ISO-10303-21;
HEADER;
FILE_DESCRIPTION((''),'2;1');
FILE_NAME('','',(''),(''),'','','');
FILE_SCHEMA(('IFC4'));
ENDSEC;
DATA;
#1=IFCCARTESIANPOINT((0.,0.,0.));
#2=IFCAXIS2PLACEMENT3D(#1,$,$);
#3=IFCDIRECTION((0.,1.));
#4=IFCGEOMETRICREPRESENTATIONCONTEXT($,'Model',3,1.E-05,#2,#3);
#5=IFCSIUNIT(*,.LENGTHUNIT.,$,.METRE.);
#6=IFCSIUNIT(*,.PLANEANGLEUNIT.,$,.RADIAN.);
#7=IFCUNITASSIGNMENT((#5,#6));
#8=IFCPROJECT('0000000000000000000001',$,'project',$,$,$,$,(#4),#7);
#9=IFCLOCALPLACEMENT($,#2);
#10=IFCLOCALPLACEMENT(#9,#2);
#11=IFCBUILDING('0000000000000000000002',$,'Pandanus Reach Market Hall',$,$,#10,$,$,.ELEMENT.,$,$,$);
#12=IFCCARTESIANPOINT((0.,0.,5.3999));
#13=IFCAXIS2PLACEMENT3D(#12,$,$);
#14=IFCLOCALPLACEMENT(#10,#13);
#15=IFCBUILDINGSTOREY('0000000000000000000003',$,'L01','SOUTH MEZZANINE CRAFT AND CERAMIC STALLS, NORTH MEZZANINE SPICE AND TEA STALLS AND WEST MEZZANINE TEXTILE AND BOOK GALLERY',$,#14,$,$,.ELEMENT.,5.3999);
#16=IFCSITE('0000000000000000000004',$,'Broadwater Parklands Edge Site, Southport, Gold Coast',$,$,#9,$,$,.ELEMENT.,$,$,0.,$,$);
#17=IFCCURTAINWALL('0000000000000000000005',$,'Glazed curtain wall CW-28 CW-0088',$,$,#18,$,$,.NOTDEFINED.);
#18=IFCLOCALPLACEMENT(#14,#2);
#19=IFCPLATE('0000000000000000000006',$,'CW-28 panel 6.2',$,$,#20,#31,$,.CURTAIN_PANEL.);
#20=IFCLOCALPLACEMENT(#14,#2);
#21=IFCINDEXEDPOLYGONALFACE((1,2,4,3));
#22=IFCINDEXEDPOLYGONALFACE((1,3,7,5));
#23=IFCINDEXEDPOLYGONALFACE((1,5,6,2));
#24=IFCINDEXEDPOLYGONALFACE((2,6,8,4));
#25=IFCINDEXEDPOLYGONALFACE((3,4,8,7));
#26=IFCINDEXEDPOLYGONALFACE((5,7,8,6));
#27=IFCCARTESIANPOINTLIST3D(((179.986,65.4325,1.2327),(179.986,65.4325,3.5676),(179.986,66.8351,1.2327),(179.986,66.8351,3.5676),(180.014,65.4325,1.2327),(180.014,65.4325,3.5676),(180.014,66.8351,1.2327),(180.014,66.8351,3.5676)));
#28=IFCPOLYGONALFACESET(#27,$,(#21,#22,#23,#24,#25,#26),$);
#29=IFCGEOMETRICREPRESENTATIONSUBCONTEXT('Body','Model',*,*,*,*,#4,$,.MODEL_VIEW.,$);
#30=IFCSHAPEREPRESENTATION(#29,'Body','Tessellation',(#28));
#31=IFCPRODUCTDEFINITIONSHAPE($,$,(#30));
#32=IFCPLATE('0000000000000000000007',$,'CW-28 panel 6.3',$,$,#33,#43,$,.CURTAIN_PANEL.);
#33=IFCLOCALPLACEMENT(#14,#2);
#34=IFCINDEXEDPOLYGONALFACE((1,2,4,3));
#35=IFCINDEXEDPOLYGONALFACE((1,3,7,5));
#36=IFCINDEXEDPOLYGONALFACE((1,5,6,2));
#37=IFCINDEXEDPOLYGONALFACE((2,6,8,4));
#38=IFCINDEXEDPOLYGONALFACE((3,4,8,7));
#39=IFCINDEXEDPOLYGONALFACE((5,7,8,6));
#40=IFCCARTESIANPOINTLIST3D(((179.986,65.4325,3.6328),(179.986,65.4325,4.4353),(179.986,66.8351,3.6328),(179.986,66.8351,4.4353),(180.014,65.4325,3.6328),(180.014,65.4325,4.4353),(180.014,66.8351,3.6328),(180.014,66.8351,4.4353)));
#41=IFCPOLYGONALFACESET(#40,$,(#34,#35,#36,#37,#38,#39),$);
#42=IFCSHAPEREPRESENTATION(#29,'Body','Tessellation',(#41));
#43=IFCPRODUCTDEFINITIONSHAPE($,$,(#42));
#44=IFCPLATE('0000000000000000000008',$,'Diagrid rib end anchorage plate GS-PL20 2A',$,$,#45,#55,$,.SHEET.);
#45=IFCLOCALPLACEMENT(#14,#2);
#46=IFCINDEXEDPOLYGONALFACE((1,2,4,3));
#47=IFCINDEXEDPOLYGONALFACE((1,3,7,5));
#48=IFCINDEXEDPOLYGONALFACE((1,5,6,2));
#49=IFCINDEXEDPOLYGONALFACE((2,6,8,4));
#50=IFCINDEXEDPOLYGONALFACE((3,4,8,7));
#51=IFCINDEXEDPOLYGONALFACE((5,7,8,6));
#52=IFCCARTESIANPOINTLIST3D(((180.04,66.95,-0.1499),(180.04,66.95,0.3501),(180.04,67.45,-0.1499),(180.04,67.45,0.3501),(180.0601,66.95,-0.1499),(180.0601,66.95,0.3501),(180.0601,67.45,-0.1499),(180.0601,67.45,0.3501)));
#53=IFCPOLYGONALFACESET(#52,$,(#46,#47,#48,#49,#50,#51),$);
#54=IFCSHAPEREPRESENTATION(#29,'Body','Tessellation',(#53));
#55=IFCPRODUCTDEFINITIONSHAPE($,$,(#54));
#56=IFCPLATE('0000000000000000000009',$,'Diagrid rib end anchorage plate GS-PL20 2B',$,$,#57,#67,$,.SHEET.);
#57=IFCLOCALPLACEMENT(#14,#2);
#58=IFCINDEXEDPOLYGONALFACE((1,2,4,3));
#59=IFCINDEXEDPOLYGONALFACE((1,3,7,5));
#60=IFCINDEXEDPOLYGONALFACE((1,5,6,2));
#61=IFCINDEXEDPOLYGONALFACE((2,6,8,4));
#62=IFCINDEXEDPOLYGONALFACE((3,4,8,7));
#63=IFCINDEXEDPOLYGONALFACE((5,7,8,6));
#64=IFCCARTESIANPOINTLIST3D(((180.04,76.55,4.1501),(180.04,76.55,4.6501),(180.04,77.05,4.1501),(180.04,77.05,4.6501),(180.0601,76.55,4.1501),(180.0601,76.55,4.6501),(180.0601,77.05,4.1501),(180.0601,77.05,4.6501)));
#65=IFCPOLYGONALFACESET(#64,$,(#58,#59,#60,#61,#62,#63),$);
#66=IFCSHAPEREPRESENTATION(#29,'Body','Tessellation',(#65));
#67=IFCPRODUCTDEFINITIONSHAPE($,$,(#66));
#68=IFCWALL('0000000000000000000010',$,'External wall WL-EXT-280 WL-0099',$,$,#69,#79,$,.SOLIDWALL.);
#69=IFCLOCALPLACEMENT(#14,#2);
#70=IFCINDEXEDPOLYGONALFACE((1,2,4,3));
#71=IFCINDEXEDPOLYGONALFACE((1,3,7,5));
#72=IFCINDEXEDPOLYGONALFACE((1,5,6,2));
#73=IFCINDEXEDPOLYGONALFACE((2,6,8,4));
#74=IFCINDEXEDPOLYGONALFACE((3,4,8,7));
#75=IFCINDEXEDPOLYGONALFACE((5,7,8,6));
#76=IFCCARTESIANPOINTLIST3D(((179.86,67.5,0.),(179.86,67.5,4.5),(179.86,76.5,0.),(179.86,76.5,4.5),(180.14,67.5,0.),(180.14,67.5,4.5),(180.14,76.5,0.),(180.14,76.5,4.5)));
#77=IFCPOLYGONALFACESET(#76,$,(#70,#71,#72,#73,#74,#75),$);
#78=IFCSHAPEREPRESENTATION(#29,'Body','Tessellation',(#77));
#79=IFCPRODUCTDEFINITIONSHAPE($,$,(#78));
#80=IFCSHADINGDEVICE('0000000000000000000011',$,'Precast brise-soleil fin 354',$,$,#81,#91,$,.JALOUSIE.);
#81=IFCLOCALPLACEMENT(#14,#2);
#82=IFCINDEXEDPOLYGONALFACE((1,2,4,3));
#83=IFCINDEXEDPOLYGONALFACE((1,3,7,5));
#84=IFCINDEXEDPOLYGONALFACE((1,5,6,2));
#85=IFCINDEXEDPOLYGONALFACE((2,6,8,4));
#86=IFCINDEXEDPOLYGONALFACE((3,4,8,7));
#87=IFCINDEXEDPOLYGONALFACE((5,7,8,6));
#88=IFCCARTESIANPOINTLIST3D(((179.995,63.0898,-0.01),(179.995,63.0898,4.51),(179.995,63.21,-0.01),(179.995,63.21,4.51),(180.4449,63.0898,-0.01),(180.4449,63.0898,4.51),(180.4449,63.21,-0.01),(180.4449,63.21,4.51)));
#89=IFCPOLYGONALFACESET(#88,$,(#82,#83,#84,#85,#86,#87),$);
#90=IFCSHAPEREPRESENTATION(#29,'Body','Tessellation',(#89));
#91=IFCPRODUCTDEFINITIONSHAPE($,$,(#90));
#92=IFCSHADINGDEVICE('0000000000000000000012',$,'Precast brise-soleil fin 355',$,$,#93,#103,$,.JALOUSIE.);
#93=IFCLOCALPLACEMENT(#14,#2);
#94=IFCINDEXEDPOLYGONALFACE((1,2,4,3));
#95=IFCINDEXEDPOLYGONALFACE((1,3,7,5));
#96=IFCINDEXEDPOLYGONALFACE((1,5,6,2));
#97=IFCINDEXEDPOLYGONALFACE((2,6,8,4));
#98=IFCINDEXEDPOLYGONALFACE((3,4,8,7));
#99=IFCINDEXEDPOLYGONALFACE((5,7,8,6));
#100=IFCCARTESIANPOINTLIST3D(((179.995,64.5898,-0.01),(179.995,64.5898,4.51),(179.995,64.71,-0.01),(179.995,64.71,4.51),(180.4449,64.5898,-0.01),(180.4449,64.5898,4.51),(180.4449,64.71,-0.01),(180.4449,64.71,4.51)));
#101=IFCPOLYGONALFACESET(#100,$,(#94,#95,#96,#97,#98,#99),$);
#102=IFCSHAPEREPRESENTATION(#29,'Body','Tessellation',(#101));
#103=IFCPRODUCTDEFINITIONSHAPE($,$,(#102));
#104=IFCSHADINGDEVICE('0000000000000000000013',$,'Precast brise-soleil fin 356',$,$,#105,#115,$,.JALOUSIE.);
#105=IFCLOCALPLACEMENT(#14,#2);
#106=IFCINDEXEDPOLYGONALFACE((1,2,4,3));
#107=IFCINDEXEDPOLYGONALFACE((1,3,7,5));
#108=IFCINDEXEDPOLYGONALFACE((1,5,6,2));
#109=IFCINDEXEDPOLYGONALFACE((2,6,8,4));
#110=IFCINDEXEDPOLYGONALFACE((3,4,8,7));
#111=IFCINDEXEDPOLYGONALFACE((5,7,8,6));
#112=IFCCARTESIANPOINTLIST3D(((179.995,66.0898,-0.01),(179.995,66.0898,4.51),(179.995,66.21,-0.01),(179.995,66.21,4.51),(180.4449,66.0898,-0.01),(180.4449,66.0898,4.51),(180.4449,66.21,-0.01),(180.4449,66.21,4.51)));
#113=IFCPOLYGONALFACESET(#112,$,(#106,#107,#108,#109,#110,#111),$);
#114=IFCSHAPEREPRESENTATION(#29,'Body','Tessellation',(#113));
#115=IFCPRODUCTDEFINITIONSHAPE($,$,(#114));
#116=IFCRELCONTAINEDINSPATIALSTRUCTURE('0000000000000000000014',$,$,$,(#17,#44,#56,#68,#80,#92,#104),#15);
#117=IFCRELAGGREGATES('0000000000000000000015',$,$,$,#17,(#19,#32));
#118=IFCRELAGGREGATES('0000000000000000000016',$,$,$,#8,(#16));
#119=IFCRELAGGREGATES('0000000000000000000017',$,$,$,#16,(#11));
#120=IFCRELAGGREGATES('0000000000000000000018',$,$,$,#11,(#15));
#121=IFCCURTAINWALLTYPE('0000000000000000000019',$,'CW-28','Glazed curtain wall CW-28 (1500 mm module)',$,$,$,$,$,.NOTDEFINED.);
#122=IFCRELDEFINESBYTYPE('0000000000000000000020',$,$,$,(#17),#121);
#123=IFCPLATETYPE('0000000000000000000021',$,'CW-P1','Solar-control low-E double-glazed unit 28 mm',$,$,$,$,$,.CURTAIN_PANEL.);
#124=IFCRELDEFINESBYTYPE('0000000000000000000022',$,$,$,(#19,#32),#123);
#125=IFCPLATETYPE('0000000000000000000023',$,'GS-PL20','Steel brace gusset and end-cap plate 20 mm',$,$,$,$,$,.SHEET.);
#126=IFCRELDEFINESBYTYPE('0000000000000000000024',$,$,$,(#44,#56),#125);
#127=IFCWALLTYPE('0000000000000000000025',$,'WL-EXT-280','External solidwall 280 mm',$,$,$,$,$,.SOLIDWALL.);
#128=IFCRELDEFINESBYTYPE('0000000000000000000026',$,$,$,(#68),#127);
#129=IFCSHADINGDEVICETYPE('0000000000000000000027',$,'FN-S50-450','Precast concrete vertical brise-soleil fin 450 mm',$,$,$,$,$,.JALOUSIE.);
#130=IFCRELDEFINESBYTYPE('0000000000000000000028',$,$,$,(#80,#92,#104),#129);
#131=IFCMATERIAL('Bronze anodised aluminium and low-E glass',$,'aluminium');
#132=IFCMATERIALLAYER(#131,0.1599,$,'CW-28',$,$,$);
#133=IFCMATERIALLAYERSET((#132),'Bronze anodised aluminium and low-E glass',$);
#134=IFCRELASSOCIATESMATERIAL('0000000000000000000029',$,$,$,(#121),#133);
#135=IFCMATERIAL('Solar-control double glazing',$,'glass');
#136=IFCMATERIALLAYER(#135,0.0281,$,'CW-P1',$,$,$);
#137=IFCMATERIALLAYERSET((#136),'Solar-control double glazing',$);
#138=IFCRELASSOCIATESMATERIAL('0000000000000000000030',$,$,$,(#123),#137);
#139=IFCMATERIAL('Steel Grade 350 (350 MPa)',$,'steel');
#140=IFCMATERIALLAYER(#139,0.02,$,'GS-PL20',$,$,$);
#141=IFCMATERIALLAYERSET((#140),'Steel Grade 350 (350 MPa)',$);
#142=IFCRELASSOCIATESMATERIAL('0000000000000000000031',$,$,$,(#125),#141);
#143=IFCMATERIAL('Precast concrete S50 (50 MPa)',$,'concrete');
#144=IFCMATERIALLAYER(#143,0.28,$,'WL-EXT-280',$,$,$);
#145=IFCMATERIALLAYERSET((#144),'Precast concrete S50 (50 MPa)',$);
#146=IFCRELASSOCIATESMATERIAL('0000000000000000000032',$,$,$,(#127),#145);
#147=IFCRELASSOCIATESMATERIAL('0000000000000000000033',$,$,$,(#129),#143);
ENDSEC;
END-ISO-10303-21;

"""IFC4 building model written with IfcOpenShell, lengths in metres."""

from ifc_helpers import new_model, si_unit, direction, frame, frame_2d, origin, origin_2d, place, context, subcontext, project, spatial, rectangle, extrude, material, layer, layer_set, type_object, element, aggregate, save


model = new_model("IFC4")

# Units and contexts
model_context = context("Model", 3, precision=1e-05, world=origin(), true_north=direction((0.0, 1.0)))
body_context = subcontext(model_context, "Body", "Model", "MODEL_VIEW")
ifc_project = project(units=[si_unit("LENGTHUNIT", "METRE"), si_unit("PLANEANGLEUNIT", "RADIAN")], contexts=[model_context])

# Site, building, storey
site_placement = place(None, origin())
site = spatial("IfcSite", under=ifc_project, at=site_placement, Name="Broadwater Parklands Edge Site, Southport, Gold Coast", CompositionType="ELEMENT", RefElevation=0.0)
building_placement = place(site_placement, origin())
building = spatial("IfcBuilding", under=site, at=building_placement, Name="Pandanus Reach Market Hall", CompositionType="ELEMENT")
storey_placement = place(building_placement, frame((0.0, 0.0, 5.3999)))
storey = spatial("IfcBuildingStorey", under=building, at=storey_placement, Name="L01", Description="SOUTH MEZZANINE CRAFT AND CERAMIC STALLS, NORTH MEZZANINE SPICE AND TEA STALLS AND WEST MEZZANINE TEXTILE AND BOOK GALLERY", CompositionType="ELEMENT", Elevation=5.3999)

# Curtain wall
ifc_material_1 = material(Name="Bronze anodised aluminium and low-E glass", Category="aluminium")
ifc_layer_1 = layer(ifc_material_1, 0.1599, Name="CW-28")
ifc_layer_set_1 = layer_set([ifc_layer_1], Name="Bronze anodised aluminium and low-E glass")
curtain_wall_type = type_object("IfcCurtainWallType", Name="CW-28", Description="Glazed curtain wall CW-28 (1500 mm module)", PredefinedType="NOTDEFINED", material=ifc_layer_set_1)
curtain_wall_placement = place(storey_placement, origin())
curtain_wall = element("IfcCurtainWall", 1, at=curtain_wall_placement, inside=storey, type_object=curtain_wall_type, Name="Glazed curtain wall CW-28 CW-0088", PredefinedType="NOTDEFINED")

# Plates
ifc_material_2 = material(Name="Solar-control double glazing", Category="glass")
ifc_layer_2 = layer(ifc_material_2, 0.0281, Name="CW-P1")
ifc_layer_set_2 = layer_set([ifc_layer_2], Name="Solar-control double glazing")
plate_type_1 = type_object("IfcPlateType", Name="CW-P1", Description="Solar-control low-E double-glazed unit 28 mm", PredefinedType="CURTAIN_PANEL", material=ifc_layer_set_2)
plate_1_placement = place(storey_placement, frame((180.0, 66.1338, 1.2327), z_axis=(0.0, 0.0, 1.0), x_axis=(0.0, 1.0, 0.0)))
plate_1 = element("IfcPlate", 2, at=plate_1_placement, type_object=plate_type_1, Name="CW-28 panel 6.2", PredefinedType="CURTAIN_PANEL", context=body_context, shape_type="SweptSolid", body=[
    extrude(rectangle(XDim=1.4026, YDim=0.0281, at=origin_2d()), origin(), (0.0, 0.0, 1.0), 2.335),
])
plate_2_placement = place(storey_placement, frame((180.0, 66.1338, 3.6328), z_axis=(0.0, 0.0, 1.0), x_axis=(0.0, 1.0, 0.0)))
plate_2 = element("IfcPlate", 3, at=plate_2_placement, type_object=plate_type_1, Name="CW-28 panel 6.3", PredefinedType="CURTAIN_PANEL", context=body_context, shape_type="SweptSolid", body=[
    extrude(rectangle(XDim=1.4026, YDim=0.0281, at=origin_2d()), origin(), (0.0, 0.0, 1.0), 0.8025),
])
aggregate(curtain_wall, [plate_1, plate_2])

# Plates
ifc_material_3 = material(Name="Steel Grade 350 (350 MPa)", Category="steel")
ifc_layer_3 = layer(ifc_material_3, 0.02, Name="GS-PL20")
ifc_layer_set_3 = layer_set([ifc_layer_3], Name="Steel Grade 350 (350 MPa)")
plate_type_2 = type_object("IfcPlateType", Name="GS-PL20", Description="Steel brace gusset and end-cap plate 20 mm", PredefinedType="SHEET", material=ifc_layer_set_3)
for number, where, z_axis, x_axis, name in (
    (4, (180.05, 67.2, -0.1499), (0.0, 0.0, 1.0), (1.0, 0.0, 0.0), "Diagrid rib end anchorage plate GS-PL20 2A"),
    (5, (180.05, 76.8, 4.1501), (0.0, 0.0, 1.0), (1.0, 0.0, 0.0), "Diagrid rib end anchorage plate GS-PL20 2B"),
):
    element("IfcPlate", number, at=place(storey_placement, frame(where, z_axis=z_axis, x_axis=x_axis)), inside=storey, type_object=plate_type_2, Name=name, PredefinedType="SHEET", context=body_context, shape_type="SweptSolid", body=[
        extrude(rectangle(XDim=0.02, YDim=0.5, at=origin_2d()), origin(), (0.0, 0.0, 1.0), 0.5),
    ])

# Wall
ifc_material_4 = material(Name="Precast concrete S50 (50 MPa)", Category="concrete")
ifc_layer_4 = layer(ifc_material_4, 0.28, Name="WL-EXT-280")
ifc_layer_set_4 = layer_set([ifc_layer_4], Name="Precast concrete S50 (50 MPa)")
wall_type = type_object("IfcWallType", Name="WL-EXT-280", Description="External solidwall 280 mm", PredefinedType="SOLIDWALL", material=ifc_layer_set_4)
wall_placement = place(storey_placement, frame((180.0, 67.5, 0.0), z_axis=(0.0, 0.0, 1.0), x_axis=(0.0, 1.0, 0.0)))
element("IfcWall", 6, at=wall_placement, inside=storey, type_object=wall_type, Name="External wall WL-EXT-280 WL-0099", PredefinedType="SOLIDWALL", context=body_context, shape_type="SweptSolid", body=[
    extrude(rectangle(XDim=9.0, YDim=0.28, at=frame_2d((4.5, 0.0))), origin(), (0.0, 0.0, 1.0), 4.5),
])

# Shading devices
shading_device_type = type_object("IfcShadingDeviceType", Name="FN-S50-450", Description="Precast concrete vertical brise-soleil fin 450 mm", PredefinedType="JALOUSIE", material=ifc_material_4)
for number, where, z_axis, x_axis, name in (
    (7, (180.22, 63.1499, -0.01), (0.0, 0.0, 1.0), (1.0, 0.0, 0.0), "Precast brise-soleil fin 354"),
    (8, (180.22, 64.6499, -0.01), (0.0, 0.0, 1.0), (1.0, 0.0, 0.0), "Precast brise-soleil fin 355"),
    (9, (180.22, 66.1499, -0.01), (0.0, 0.0, 1.0), (1.0, 0.0, 0.0), "Precast brise-soleil fin 356"),
):
    element("IfcShadingDevice", number, at=place(storey_placement, frame(where, z_axis=z_axis, x_axis=x_axis)), inside=storey, type_object=shading_device_type, Name=name, PredefinedType="JALOUSIE", context=body_context, shape_type="SweptSolid", body=[
        extrude(rectangle(XDim=0.45, YDim=0.1201, at=origin_2d()), origin(), (0.0, 0.0, 1.0), 4.52),
    ])

save(model, "model.ifc")
